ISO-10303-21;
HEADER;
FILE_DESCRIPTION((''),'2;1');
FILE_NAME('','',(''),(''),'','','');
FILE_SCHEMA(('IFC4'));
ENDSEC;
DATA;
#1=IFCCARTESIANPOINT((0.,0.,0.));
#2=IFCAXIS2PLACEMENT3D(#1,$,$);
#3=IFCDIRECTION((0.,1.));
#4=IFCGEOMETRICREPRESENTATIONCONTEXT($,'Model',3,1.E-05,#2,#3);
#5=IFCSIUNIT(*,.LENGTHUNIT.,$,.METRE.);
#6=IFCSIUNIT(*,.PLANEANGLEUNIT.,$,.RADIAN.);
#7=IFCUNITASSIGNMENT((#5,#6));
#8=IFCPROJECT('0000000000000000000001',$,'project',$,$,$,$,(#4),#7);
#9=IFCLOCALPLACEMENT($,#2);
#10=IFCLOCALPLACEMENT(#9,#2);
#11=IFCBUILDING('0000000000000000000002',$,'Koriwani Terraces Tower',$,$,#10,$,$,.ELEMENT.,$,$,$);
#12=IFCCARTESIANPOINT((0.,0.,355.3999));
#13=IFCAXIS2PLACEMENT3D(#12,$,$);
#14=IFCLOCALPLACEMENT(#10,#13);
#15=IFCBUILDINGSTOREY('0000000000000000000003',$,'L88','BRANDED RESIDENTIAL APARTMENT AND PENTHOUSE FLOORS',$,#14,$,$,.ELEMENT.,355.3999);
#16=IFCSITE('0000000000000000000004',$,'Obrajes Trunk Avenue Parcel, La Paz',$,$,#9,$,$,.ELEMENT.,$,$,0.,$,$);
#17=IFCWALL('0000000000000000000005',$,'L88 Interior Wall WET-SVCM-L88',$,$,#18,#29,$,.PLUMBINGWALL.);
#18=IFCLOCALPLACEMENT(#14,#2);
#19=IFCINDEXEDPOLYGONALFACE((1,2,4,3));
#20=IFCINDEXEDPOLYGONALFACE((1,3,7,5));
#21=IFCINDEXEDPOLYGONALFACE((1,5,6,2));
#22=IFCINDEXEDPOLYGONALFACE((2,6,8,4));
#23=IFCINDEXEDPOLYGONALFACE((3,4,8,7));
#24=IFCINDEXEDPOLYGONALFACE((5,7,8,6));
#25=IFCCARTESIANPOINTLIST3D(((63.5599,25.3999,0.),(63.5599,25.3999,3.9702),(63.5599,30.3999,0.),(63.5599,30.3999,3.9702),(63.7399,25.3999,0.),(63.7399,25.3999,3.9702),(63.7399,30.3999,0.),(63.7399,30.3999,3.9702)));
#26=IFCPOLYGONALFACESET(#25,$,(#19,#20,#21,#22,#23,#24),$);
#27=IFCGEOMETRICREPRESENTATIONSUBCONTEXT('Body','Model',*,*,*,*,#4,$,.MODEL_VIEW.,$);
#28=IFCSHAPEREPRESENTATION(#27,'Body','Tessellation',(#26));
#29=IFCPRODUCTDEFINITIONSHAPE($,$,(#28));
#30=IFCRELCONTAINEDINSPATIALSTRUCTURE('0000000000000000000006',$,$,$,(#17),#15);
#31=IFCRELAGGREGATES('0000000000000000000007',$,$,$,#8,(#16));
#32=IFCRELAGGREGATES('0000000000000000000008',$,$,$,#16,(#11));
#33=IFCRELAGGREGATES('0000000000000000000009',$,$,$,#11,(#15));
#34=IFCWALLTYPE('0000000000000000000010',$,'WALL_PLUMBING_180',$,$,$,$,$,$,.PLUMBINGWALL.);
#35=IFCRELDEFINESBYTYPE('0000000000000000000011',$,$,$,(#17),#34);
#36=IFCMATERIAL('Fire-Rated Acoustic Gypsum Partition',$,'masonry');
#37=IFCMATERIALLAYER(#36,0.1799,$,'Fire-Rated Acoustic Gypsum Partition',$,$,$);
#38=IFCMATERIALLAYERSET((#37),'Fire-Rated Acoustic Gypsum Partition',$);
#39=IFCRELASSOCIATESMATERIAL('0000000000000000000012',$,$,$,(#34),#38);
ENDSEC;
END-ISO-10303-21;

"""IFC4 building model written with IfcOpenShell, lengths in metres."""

from ifc_helpers import new_model, si_unit, direction, frame, frame_2d, origin, place, context, subcontext, project, spatial, rectangle, extrude, material, layer, layer_set, type_object, element, save


model = new_model("IFC4")

# Units and contexts
model_context = context("Model", 3, precision=1e-05, world=origin(), true_north=direction((0.0, 1.0)))
body_context = subcontext(model_context, "Body", "Model", "MODEL_VIEW")
ifc_project = project(units=[si_unit("LENGTHUNIT", "METRE"), si_unit("PLANEANGLEUNIT", "RADIAN")], contexts=[model_context])

# Site, building, storey
site_placement = place(None, origin())
site = spatial("IfcSite", under=ifc_project, at=site_placement, Name="Obrajes Trunk Avenue Parcel, La Paz", CompositionType="ELEMENT", RefElevation=0.0)
building_placement = place(site_placement, origin())
building = spatial("IfcBuilding", under=site, at=building_placement, Name="Koriwani Terraces Tower", CompositionType="ELEMENT")
storey_placement = place(building_placement, frame((0.0, 0.0, 355.3999)))
storey = spatial("IfcBuildingStorey", under=building, at=storey_placement, Name="L88", Description="BRANDED RESIDENTIAL APARTMENT AND PENTHOUSE FLOORS", CompositionType="ELEMENT", Elevation=355.3999)

# Shared definitions
ifc_material_1 = material(Name="Fire-Rated Acoustic Gypsum Partition", Category="masonry")
ifc_layer_1 = layer(ifc_material_1, 0.1799, Name="Fire-Rated Acoustic Gypsum Partition")
ifc_layer_set_1 = layer_set([ifc_layer_1], Name="Fire-Rated Acoustic Gypsum Partition")
wall_type = type_object("IfcWallType", Name="WALL_PLUMBING_180", PredefinedType="PLUMBINGWALL", material=ifc_layer_set_1)

# Wall
wall_1_placement = place(storey_placement, frame((63.6499, 25.3999, 0.0), z_axis=(0.0, 0.0, 1.0), x_axis=(0.0, 1.0, 0.0)))
element("IfcWall", 1, at=wall_1_placement, inside=storey, type_object=wall_type, Name="L88 Interior Wall WET-SVCM-L88", PredefinedType="PLUMBINGWALL", context=body_context, shape_type="SweptSolid", body=[
    extrude(rectangle(XDim=5.0, YDim=0.1799, at=frame_2d((2.5, 0.0))), origin(), (0.0, 0.0, 1.0), 3.9702),
])

save(model, "model.ifc")
